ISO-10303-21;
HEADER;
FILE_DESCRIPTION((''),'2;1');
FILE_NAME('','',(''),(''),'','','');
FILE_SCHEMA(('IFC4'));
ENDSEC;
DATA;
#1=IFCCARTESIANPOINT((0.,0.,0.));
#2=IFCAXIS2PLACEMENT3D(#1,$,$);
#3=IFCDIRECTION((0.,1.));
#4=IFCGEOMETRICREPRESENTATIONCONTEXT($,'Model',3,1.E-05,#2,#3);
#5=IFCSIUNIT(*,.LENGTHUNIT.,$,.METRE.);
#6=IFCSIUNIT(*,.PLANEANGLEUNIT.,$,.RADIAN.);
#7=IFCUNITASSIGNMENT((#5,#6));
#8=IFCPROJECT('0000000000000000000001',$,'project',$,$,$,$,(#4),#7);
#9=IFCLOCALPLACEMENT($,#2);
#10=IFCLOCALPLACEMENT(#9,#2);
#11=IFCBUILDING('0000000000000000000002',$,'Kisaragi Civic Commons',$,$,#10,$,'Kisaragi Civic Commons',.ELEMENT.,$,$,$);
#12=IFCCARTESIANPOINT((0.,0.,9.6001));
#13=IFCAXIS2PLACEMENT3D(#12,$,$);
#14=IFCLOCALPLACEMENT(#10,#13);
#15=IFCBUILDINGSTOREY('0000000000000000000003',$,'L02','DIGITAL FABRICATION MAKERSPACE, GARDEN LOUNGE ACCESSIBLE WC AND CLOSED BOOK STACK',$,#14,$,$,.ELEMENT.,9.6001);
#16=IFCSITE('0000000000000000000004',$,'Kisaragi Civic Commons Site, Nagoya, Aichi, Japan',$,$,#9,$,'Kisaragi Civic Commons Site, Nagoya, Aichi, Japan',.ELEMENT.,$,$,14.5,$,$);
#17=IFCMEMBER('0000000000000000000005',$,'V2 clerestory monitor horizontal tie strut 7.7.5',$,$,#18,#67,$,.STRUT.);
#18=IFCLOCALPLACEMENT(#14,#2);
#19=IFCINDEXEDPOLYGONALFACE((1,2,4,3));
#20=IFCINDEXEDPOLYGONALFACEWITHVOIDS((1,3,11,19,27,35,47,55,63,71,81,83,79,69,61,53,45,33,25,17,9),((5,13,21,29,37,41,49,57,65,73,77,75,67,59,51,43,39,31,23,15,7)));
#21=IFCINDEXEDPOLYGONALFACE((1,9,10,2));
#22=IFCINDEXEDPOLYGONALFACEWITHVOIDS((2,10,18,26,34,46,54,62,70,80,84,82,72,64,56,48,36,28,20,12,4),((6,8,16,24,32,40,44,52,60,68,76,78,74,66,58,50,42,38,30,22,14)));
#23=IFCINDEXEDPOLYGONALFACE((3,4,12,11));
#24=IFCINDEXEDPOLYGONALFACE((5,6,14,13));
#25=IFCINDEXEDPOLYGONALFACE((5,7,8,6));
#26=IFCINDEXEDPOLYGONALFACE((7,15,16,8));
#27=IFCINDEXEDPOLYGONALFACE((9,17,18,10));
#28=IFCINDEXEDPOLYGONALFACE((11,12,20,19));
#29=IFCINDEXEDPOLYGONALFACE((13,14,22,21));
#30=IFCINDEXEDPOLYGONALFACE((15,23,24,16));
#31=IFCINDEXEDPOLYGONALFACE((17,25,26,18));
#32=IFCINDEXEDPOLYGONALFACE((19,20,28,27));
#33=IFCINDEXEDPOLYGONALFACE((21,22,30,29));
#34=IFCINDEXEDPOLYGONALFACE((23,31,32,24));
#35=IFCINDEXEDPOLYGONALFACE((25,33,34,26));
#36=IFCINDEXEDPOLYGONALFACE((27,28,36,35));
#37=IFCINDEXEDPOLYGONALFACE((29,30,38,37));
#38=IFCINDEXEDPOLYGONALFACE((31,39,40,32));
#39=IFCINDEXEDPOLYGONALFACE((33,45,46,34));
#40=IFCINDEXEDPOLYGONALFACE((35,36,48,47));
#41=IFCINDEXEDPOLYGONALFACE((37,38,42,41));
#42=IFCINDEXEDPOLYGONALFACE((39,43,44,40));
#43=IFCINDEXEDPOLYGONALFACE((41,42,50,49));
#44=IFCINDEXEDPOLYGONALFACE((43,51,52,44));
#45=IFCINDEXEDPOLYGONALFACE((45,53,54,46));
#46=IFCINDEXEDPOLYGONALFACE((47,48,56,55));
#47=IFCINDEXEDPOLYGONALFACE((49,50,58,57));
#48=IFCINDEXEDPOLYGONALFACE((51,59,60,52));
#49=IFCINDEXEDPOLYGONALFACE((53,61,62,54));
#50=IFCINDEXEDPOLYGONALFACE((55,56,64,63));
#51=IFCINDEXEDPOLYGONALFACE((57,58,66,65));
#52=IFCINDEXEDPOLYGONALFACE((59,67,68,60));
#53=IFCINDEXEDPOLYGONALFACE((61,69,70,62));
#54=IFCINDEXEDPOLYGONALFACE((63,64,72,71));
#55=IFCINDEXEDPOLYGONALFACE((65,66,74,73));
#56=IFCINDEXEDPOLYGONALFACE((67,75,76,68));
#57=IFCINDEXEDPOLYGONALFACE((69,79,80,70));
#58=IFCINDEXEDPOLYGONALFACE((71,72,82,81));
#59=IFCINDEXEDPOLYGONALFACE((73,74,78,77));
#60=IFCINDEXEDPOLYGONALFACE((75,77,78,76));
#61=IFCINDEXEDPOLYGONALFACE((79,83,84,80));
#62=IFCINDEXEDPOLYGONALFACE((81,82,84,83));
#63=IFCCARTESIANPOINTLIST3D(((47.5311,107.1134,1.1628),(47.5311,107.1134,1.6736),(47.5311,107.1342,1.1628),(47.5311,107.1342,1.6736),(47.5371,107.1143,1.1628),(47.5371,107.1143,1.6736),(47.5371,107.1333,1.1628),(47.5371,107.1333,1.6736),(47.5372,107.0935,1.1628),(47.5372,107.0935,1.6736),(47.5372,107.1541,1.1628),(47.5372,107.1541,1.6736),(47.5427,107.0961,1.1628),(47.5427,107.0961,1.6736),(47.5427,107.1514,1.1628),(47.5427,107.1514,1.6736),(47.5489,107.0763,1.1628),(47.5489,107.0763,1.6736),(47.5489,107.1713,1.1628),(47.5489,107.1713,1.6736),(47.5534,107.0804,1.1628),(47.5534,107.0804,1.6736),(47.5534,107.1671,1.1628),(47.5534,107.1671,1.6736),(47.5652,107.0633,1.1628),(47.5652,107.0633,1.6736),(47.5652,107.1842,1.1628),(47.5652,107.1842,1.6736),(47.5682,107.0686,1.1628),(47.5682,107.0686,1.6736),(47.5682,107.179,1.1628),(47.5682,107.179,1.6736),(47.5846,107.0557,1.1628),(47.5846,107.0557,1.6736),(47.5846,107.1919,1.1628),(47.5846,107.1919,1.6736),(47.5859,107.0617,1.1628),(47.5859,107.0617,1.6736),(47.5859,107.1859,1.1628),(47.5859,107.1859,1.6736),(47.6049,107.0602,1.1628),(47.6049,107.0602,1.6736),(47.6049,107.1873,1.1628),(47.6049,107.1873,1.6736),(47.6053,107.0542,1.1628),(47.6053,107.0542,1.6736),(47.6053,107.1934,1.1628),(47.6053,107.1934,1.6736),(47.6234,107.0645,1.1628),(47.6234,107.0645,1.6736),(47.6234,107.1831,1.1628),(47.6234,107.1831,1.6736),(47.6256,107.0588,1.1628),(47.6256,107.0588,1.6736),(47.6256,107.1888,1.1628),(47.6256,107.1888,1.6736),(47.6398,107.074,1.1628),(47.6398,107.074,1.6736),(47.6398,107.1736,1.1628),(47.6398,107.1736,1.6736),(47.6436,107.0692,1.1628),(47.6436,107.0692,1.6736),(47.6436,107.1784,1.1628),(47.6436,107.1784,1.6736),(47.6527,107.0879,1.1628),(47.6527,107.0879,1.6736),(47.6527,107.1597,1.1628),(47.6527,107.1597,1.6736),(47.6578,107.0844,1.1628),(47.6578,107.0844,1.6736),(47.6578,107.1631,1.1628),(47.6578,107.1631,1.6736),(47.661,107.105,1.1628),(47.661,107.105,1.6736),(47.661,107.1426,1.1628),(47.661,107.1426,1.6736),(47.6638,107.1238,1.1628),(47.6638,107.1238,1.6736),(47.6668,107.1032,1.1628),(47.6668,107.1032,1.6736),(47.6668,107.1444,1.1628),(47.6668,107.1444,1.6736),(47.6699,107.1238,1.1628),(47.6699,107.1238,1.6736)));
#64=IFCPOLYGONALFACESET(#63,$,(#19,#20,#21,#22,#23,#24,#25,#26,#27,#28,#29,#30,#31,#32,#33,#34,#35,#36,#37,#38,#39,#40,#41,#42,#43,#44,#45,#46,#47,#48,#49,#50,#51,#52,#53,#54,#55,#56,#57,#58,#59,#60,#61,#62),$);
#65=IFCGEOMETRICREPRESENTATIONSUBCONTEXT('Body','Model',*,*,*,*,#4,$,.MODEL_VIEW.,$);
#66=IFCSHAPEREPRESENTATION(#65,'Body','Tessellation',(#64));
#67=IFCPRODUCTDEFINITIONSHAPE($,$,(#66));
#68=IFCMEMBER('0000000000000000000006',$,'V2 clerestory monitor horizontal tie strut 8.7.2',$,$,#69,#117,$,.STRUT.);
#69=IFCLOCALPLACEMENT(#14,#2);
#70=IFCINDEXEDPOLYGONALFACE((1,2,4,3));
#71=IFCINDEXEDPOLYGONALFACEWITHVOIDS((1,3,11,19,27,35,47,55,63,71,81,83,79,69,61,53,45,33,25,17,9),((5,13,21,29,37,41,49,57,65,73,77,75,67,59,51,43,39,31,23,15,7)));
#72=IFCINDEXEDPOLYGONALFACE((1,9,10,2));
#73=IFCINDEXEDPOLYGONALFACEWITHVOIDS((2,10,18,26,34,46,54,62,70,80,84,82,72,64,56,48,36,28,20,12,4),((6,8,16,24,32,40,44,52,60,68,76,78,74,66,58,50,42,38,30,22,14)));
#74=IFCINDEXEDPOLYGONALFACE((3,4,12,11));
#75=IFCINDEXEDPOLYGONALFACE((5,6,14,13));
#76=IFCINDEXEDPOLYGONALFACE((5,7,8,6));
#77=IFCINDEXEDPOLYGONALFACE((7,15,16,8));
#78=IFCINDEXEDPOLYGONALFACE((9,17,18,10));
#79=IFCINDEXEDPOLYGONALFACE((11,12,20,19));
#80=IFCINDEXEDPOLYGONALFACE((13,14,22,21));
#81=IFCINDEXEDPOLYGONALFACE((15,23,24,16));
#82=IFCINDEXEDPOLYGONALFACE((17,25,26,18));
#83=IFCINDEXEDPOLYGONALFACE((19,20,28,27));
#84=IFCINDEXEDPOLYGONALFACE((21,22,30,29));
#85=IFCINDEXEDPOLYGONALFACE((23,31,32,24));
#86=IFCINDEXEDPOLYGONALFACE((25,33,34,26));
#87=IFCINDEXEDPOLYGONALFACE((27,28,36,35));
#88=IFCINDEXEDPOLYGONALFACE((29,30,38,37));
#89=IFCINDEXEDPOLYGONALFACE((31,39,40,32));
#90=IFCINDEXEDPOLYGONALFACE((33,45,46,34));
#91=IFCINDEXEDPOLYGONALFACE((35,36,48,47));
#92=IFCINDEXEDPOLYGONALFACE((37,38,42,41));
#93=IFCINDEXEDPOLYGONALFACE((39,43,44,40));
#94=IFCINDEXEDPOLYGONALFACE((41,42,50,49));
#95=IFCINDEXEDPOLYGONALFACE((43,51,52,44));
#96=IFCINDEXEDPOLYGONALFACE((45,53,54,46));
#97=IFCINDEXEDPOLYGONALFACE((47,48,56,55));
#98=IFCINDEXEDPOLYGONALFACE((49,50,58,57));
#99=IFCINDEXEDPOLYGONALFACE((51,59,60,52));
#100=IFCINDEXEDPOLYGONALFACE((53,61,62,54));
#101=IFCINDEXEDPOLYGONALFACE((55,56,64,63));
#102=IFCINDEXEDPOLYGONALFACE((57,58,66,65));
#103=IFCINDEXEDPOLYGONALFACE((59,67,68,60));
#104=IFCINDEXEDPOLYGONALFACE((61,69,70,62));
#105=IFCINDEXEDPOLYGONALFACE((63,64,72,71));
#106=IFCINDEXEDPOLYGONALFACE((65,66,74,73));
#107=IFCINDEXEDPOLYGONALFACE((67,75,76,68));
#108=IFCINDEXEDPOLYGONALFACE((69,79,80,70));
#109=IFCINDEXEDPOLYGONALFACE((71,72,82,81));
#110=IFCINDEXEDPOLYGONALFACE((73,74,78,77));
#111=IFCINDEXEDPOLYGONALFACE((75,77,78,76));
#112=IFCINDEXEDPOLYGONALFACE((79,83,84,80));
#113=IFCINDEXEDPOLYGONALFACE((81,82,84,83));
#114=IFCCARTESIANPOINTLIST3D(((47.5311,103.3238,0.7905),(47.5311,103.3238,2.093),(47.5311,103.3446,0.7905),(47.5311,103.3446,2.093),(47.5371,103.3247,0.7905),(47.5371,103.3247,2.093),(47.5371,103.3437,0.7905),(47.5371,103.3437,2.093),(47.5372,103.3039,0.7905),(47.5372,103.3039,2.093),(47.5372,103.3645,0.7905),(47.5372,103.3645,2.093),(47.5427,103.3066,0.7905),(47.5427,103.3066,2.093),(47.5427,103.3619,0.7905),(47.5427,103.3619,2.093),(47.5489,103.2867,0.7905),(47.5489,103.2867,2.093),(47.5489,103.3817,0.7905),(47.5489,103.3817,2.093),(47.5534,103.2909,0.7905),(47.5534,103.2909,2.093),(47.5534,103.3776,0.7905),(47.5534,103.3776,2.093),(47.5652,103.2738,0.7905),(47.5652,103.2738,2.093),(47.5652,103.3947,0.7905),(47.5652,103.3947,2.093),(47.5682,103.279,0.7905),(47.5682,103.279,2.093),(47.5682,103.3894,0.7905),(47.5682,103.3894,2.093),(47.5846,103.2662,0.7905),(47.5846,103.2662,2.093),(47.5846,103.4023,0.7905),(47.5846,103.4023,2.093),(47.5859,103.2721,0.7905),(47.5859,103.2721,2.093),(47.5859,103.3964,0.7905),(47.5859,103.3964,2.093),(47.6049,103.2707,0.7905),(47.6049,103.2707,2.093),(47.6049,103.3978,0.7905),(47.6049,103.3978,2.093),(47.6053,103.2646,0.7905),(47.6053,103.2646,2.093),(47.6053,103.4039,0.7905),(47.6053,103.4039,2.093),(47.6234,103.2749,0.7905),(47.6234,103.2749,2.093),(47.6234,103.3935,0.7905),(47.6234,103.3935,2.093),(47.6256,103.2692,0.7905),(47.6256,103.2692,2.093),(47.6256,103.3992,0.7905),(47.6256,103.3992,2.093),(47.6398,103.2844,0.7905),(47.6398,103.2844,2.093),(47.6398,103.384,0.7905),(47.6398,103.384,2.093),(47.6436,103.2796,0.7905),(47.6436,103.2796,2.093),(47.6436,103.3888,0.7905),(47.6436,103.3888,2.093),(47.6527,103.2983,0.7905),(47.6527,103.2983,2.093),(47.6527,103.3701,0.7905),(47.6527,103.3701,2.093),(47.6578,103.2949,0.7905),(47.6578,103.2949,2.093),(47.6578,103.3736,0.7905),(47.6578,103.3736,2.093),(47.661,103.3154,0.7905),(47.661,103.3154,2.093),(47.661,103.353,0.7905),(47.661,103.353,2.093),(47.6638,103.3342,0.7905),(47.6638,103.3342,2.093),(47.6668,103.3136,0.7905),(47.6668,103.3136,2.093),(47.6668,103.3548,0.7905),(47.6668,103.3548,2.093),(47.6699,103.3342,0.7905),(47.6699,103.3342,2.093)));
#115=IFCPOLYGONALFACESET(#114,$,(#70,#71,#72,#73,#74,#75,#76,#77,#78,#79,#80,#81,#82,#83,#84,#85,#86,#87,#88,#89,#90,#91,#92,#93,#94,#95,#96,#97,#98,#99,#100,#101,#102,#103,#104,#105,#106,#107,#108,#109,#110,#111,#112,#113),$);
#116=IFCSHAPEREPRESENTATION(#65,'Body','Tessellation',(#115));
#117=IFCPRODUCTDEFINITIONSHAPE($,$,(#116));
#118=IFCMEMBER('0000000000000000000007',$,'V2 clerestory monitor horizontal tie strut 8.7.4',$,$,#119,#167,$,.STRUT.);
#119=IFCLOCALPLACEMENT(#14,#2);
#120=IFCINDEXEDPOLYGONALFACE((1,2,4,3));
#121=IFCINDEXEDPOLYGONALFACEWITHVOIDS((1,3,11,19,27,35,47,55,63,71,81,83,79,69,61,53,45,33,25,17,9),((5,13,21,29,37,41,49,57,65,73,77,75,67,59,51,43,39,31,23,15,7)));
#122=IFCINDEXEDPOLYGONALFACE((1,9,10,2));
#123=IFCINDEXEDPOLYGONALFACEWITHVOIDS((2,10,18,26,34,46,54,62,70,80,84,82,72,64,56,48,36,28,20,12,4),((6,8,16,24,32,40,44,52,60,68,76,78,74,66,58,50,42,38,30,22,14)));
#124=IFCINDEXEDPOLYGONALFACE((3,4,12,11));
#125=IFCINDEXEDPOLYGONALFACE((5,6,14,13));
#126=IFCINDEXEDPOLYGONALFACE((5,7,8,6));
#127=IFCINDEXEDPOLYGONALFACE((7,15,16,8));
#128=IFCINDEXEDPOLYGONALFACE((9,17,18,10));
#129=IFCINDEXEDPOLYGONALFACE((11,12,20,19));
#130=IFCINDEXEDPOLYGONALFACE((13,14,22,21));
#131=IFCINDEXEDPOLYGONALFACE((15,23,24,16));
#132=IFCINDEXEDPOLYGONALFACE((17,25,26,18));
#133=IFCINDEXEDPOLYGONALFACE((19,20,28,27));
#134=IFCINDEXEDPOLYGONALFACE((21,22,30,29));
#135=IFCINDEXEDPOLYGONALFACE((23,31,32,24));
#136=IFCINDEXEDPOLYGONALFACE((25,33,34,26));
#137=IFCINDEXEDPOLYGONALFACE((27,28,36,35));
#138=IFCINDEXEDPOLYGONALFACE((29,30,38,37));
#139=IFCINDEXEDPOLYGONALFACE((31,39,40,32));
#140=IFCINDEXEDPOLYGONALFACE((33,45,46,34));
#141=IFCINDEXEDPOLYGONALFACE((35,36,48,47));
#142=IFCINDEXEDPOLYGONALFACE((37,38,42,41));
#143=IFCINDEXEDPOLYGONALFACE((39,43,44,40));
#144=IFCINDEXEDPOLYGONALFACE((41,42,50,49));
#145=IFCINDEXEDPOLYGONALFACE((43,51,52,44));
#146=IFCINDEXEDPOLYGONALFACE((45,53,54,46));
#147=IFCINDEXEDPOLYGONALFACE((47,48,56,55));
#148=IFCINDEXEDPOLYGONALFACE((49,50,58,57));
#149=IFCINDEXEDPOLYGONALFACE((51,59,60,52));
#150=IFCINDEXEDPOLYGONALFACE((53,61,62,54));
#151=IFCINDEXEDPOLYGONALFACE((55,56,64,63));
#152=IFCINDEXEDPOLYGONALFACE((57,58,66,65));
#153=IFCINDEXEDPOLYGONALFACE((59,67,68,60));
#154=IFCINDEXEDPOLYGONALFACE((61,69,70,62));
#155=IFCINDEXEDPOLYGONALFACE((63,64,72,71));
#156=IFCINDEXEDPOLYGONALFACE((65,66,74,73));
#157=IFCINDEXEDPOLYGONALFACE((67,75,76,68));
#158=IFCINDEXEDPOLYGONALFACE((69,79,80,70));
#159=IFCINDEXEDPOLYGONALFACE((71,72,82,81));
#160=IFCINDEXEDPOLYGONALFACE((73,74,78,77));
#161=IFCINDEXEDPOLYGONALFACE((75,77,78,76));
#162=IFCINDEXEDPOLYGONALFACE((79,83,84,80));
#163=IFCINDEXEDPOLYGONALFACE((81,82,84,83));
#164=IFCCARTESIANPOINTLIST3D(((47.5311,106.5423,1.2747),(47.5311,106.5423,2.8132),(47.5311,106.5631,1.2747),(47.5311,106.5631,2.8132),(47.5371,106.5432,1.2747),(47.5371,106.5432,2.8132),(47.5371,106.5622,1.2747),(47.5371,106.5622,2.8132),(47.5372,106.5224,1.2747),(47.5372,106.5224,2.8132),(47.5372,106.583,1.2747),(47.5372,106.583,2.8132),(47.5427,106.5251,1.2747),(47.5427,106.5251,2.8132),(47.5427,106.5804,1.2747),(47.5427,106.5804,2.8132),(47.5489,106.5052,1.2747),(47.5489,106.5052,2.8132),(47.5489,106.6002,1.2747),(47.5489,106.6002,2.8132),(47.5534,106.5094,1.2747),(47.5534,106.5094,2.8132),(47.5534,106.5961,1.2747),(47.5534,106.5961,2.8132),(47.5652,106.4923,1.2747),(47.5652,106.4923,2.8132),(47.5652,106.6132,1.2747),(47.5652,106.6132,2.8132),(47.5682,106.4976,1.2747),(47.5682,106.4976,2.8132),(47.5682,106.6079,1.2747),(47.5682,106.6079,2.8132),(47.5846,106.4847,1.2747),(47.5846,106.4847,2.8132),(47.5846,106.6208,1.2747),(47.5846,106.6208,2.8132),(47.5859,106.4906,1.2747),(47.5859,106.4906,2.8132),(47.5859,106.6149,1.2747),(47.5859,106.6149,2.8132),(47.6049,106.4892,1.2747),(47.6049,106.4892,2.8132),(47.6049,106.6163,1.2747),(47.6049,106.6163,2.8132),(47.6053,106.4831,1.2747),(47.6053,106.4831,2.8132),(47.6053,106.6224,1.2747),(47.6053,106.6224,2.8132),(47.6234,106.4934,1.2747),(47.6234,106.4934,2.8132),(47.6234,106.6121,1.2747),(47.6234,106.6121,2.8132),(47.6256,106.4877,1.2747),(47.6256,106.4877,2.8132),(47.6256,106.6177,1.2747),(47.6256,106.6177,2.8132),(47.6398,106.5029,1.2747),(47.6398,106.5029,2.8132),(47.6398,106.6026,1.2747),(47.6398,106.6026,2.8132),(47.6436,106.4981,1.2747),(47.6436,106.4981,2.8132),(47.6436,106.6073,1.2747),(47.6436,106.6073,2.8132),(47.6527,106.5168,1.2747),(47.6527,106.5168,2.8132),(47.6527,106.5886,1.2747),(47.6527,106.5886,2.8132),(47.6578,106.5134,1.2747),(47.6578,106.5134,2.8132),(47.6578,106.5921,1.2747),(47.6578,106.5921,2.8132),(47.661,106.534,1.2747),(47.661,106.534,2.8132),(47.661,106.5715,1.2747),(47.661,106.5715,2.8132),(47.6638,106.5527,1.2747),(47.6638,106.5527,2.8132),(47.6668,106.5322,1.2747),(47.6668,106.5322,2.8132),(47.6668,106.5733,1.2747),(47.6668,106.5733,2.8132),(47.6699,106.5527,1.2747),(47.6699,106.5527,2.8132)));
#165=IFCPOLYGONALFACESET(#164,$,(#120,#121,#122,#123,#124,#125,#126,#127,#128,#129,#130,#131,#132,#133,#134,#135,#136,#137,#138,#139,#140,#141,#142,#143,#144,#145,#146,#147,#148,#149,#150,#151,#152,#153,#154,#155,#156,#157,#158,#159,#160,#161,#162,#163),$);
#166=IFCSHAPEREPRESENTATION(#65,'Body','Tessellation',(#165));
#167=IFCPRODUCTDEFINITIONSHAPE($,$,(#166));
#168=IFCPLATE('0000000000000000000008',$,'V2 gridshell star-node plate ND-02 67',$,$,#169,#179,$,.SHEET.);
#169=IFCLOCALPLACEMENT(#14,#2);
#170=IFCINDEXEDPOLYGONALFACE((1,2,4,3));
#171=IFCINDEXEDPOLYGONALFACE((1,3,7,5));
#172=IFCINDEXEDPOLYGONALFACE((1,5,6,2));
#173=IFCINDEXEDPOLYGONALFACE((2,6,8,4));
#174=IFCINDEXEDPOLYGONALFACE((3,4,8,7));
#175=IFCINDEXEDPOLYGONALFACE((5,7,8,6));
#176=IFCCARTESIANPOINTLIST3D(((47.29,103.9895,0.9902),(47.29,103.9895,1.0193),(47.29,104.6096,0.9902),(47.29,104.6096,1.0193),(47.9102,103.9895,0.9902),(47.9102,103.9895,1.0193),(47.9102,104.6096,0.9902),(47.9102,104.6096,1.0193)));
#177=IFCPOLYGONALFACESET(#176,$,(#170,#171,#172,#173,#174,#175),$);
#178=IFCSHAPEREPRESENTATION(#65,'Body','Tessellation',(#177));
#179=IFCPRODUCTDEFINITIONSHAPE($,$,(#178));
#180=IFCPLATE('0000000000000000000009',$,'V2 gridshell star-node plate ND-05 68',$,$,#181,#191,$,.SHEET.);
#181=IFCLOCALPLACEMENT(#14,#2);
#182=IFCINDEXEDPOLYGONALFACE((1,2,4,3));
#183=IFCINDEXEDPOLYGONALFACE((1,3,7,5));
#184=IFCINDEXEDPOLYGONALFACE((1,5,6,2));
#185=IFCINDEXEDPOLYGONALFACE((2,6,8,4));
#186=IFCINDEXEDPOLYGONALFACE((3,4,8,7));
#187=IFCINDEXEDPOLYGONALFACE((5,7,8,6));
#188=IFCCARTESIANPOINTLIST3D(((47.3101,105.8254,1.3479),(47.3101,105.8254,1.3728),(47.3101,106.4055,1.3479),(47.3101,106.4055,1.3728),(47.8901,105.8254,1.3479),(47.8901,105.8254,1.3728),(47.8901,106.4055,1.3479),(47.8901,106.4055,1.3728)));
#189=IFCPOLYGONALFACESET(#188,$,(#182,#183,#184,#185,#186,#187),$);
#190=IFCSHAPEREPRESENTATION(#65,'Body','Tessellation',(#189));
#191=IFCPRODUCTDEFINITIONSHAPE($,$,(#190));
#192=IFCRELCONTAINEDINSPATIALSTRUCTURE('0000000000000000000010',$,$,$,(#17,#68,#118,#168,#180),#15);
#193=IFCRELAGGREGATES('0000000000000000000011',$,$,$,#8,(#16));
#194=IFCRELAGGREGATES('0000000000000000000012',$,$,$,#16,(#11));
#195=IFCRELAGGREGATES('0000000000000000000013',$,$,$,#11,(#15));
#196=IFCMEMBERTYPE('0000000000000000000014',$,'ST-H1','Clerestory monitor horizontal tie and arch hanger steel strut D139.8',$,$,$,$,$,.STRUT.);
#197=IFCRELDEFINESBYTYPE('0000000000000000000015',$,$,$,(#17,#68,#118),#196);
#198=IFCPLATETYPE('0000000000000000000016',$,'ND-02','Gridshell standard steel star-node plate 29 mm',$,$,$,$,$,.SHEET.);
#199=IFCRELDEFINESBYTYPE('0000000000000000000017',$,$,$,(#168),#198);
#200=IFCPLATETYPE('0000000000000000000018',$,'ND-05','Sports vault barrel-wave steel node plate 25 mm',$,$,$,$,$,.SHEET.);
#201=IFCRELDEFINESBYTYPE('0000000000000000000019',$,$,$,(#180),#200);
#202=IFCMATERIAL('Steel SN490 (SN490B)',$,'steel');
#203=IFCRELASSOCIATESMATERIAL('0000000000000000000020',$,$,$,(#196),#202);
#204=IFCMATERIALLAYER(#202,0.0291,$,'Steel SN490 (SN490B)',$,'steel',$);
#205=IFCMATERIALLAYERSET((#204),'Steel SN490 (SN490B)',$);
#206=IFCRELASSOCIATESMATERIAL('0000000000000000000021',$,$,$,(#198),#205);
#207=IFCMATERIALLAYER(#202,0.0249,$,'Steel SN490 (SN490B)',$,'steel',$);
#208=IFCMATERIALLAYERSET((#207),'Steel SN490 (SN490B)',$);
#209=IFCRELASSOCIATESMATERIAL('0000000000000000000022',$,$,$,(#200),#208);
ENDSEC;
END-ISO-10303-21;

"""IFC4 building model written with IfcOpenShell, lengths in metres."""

from ifc_helpers import new_model, si_unit, direction, frame, origin, origin_2d, place, context, subcontext, project, spatial, rectangle, hollow_circle, extrude, material, layer, layer_set, material_profile, profile_set, type_object, element, save


model = new_model("IFC4")

# Units and contexts
model_context = context("Model", 3, precision=1e-05, world=origin(), true_north=direction((0.0, 1.0)))
body_context = subcontext(model_context, "Body", "Model", "MODEL_VIEW")
ifc_project = project(units=[si_unit("LENGTHUNIT", "METRE"), si_unit("PLANEANGLEUNIT", "RADIAN")], contexts=[model_context])

# Site, building, storey
site_placement = place(None, origin())
site = spatial("IfcSite", under=ifc_project, at=site_placement, Name="Kisaragi Civic Commons Site, Nagoya, Aichi, Japan", LongName="Kisaragi Civic Commons Site, Nagoya, Aichi, Japan", CompositionType="ELEMENT", RefElevation=14.5)
building_placement = place(site_placement, origin())
building = spatial("IfcBuilding", under=site, at=building_placement, Name="Kisaragi Civic Commons", LongName="Kisaragi Civic Commons", CompositionType="ELEMENT")
storey_placement = place(building_placement, frame((0.0, 0.0, 9.6001)))
storey = spatial("IfcBuildingStorey", under=building, at=storey_placement, Name="L02", Description="DIGITAL FABRICATION MAKERSPACE, GARDEN LOUNGE ACCESSIBLE WC AND CLOSED BOOK STACK", CompositionType="ELEMENT", Elevation=9.6001)

# Members
ifc_material_1 = material(Name="Steel SN490 (SN490B)", Category="steel")
ifc_material_profile_1 = material_profile(ifc_material_1, hollow_circle(Radius=0.0698, WallThickness=0.0061, at=origin_2d()), Name="CHS-139.8x6.0", Category="steel")
ifc_profile_set_1 = profile_set([ifc_material_profile_1], Name="Steel SN490 (SN490B)")
member_type_1 = type_object("IfcMemberType", Name="ST-H1", Description="Clerestory monitor horizontal tie and arch hanger steel strut D139.8", PredefinedType="STRUT", material=ifc_profile_set_1)
member_1_placement = place(storey_placement, frame((47.6001, 107.1238, 1.1628), z_axis=(0.0, 0.0, 1.0), x_axis=(1.0, 0.0, 0.0)))
element("IfcMember", 1, at=member_1_placement, inside=storey, type_object=member_type_1, Name="V2 clerestory monitor horizontal tie strut 7.7.5", PredefinedType="STRUT", context=body_context, shape_type="SweptSolid", body=[
    extrude(hollow_circle(Radius=0.0698, WallThickness=0.0061, at=origin_2d()), origin(), (0.0, 0.0, 1.0), 0.5107),
])
member_2_placement = place(storey_placement, frame((47.6001, 103.3342, 0.7905), z_axis=(0.0, 0.0, 1.0), x_axis=(1.0, 0.0, 0.0)))
element("IfcMember", 2, at=member_2_placement, inside=storey, type_object=member_type_1, Name="V2 clerestory monitor horizontal tie strut 8.7.2", PredefinedType="STRUT", context=body_context, shape_type="SweptSolid", body=[
    extrude(hollow_circle(Radius=0.0698, WallThickness=0.0061, at=origin_2d()), origin(), (0.0, 0.0, 1.0), 1.3025),
])
member_3_placement = place(storey_placement, frame((47.6001, 106.5527, 1.2747), z_axis=(0.0, 0.0, 1.0), x_axis=(1.0, 0.0, 0.0)))
element("IfcMember", 3, at=member_3_placement, inside=storey, type_object=member_type_1, Name="V2 clerestory monitor horizontal tie strut 8.7.4", PredefinedType="STRUT", context=body_context, shape_type="SweptSolid", body=[
    extrude(hollow_circle(Radius=0.0698, WallThickness=0.0061, at=origin_2d()), origin(), (0.0, 0.0, 1.0), 1.5386),
])

# Plates
ifc_layer_1 = layer(ifc_material_1, 0.0291, Name="Steel SN490 (SN490B)", Category="steel")
ifc_layer_set_1 = layer_set([ifc_layer_1], Name="Steel SN490 (SN490B)")
plate_type_1 = type_object("IfcPlateType", Name="ND-02", Description="Gridshell standard steel star-node plate 29 mm", PredefinedType="SHEET", material=ifc_layer_set_1)
plate_1_placement = place(storey_placement, frame((47.6001, 104.2996, 0.9902), z_axis=(0.0, 0.0, 1.0), x_axis=(1.0, 0.0, 0.0)))
element("IfcPlate", 4, at=plate_1_placement, inside=storey, type_object=plate_type_1, Name="V2 gridshell star-node plate ND-02 67", PredefinedType="SHEET", context=body_context, shape_type="SweptSolid", body=[
    extrude(rectangle(XDim=0.6201, YDim=0.6201, at=origin_2d()), origin(), (0.0, 0.0, 1.0), 0.0291),
])
ifc_layer_2 = layer(ifc_material_1, 0.0249, Name="Steel SN490 (SN490B)", Category="steel")
ifc_layer_set_2 = layer_set([ifc_layer_2], Name="Steel SN490 (SN490B)")
plate_type_2 = type_object("IfcPlateType", Name="ND-05", Description="Sports vault barrel-wave steel node plate 25 mm", PredefinedType="SHEET", material=ifc_layer_set_2)
plate_2_placement = place(storey_placement, frame((47.6001, 106.1155, 1.3479), z_axis=(0.0, 0.0, 1.0), x_axis=(1.0, 0.0, 0.0)))
element("IfcPlate", 5, at=plate_2_placement, inside=storey, type_object=plate_type_2, Name="V2 gridshell star-node plate ND-05 68", PredefinedType="SHEET", context=body_context, shape_type="SweptSolid", body=[
    extrude(rectangle(XDim=0.5801, YDim=0.5801, at=origin_2d()), origin(), (0.0, 0.0, 1.0), 0.0249),
])

save(model, "model.ifc")
